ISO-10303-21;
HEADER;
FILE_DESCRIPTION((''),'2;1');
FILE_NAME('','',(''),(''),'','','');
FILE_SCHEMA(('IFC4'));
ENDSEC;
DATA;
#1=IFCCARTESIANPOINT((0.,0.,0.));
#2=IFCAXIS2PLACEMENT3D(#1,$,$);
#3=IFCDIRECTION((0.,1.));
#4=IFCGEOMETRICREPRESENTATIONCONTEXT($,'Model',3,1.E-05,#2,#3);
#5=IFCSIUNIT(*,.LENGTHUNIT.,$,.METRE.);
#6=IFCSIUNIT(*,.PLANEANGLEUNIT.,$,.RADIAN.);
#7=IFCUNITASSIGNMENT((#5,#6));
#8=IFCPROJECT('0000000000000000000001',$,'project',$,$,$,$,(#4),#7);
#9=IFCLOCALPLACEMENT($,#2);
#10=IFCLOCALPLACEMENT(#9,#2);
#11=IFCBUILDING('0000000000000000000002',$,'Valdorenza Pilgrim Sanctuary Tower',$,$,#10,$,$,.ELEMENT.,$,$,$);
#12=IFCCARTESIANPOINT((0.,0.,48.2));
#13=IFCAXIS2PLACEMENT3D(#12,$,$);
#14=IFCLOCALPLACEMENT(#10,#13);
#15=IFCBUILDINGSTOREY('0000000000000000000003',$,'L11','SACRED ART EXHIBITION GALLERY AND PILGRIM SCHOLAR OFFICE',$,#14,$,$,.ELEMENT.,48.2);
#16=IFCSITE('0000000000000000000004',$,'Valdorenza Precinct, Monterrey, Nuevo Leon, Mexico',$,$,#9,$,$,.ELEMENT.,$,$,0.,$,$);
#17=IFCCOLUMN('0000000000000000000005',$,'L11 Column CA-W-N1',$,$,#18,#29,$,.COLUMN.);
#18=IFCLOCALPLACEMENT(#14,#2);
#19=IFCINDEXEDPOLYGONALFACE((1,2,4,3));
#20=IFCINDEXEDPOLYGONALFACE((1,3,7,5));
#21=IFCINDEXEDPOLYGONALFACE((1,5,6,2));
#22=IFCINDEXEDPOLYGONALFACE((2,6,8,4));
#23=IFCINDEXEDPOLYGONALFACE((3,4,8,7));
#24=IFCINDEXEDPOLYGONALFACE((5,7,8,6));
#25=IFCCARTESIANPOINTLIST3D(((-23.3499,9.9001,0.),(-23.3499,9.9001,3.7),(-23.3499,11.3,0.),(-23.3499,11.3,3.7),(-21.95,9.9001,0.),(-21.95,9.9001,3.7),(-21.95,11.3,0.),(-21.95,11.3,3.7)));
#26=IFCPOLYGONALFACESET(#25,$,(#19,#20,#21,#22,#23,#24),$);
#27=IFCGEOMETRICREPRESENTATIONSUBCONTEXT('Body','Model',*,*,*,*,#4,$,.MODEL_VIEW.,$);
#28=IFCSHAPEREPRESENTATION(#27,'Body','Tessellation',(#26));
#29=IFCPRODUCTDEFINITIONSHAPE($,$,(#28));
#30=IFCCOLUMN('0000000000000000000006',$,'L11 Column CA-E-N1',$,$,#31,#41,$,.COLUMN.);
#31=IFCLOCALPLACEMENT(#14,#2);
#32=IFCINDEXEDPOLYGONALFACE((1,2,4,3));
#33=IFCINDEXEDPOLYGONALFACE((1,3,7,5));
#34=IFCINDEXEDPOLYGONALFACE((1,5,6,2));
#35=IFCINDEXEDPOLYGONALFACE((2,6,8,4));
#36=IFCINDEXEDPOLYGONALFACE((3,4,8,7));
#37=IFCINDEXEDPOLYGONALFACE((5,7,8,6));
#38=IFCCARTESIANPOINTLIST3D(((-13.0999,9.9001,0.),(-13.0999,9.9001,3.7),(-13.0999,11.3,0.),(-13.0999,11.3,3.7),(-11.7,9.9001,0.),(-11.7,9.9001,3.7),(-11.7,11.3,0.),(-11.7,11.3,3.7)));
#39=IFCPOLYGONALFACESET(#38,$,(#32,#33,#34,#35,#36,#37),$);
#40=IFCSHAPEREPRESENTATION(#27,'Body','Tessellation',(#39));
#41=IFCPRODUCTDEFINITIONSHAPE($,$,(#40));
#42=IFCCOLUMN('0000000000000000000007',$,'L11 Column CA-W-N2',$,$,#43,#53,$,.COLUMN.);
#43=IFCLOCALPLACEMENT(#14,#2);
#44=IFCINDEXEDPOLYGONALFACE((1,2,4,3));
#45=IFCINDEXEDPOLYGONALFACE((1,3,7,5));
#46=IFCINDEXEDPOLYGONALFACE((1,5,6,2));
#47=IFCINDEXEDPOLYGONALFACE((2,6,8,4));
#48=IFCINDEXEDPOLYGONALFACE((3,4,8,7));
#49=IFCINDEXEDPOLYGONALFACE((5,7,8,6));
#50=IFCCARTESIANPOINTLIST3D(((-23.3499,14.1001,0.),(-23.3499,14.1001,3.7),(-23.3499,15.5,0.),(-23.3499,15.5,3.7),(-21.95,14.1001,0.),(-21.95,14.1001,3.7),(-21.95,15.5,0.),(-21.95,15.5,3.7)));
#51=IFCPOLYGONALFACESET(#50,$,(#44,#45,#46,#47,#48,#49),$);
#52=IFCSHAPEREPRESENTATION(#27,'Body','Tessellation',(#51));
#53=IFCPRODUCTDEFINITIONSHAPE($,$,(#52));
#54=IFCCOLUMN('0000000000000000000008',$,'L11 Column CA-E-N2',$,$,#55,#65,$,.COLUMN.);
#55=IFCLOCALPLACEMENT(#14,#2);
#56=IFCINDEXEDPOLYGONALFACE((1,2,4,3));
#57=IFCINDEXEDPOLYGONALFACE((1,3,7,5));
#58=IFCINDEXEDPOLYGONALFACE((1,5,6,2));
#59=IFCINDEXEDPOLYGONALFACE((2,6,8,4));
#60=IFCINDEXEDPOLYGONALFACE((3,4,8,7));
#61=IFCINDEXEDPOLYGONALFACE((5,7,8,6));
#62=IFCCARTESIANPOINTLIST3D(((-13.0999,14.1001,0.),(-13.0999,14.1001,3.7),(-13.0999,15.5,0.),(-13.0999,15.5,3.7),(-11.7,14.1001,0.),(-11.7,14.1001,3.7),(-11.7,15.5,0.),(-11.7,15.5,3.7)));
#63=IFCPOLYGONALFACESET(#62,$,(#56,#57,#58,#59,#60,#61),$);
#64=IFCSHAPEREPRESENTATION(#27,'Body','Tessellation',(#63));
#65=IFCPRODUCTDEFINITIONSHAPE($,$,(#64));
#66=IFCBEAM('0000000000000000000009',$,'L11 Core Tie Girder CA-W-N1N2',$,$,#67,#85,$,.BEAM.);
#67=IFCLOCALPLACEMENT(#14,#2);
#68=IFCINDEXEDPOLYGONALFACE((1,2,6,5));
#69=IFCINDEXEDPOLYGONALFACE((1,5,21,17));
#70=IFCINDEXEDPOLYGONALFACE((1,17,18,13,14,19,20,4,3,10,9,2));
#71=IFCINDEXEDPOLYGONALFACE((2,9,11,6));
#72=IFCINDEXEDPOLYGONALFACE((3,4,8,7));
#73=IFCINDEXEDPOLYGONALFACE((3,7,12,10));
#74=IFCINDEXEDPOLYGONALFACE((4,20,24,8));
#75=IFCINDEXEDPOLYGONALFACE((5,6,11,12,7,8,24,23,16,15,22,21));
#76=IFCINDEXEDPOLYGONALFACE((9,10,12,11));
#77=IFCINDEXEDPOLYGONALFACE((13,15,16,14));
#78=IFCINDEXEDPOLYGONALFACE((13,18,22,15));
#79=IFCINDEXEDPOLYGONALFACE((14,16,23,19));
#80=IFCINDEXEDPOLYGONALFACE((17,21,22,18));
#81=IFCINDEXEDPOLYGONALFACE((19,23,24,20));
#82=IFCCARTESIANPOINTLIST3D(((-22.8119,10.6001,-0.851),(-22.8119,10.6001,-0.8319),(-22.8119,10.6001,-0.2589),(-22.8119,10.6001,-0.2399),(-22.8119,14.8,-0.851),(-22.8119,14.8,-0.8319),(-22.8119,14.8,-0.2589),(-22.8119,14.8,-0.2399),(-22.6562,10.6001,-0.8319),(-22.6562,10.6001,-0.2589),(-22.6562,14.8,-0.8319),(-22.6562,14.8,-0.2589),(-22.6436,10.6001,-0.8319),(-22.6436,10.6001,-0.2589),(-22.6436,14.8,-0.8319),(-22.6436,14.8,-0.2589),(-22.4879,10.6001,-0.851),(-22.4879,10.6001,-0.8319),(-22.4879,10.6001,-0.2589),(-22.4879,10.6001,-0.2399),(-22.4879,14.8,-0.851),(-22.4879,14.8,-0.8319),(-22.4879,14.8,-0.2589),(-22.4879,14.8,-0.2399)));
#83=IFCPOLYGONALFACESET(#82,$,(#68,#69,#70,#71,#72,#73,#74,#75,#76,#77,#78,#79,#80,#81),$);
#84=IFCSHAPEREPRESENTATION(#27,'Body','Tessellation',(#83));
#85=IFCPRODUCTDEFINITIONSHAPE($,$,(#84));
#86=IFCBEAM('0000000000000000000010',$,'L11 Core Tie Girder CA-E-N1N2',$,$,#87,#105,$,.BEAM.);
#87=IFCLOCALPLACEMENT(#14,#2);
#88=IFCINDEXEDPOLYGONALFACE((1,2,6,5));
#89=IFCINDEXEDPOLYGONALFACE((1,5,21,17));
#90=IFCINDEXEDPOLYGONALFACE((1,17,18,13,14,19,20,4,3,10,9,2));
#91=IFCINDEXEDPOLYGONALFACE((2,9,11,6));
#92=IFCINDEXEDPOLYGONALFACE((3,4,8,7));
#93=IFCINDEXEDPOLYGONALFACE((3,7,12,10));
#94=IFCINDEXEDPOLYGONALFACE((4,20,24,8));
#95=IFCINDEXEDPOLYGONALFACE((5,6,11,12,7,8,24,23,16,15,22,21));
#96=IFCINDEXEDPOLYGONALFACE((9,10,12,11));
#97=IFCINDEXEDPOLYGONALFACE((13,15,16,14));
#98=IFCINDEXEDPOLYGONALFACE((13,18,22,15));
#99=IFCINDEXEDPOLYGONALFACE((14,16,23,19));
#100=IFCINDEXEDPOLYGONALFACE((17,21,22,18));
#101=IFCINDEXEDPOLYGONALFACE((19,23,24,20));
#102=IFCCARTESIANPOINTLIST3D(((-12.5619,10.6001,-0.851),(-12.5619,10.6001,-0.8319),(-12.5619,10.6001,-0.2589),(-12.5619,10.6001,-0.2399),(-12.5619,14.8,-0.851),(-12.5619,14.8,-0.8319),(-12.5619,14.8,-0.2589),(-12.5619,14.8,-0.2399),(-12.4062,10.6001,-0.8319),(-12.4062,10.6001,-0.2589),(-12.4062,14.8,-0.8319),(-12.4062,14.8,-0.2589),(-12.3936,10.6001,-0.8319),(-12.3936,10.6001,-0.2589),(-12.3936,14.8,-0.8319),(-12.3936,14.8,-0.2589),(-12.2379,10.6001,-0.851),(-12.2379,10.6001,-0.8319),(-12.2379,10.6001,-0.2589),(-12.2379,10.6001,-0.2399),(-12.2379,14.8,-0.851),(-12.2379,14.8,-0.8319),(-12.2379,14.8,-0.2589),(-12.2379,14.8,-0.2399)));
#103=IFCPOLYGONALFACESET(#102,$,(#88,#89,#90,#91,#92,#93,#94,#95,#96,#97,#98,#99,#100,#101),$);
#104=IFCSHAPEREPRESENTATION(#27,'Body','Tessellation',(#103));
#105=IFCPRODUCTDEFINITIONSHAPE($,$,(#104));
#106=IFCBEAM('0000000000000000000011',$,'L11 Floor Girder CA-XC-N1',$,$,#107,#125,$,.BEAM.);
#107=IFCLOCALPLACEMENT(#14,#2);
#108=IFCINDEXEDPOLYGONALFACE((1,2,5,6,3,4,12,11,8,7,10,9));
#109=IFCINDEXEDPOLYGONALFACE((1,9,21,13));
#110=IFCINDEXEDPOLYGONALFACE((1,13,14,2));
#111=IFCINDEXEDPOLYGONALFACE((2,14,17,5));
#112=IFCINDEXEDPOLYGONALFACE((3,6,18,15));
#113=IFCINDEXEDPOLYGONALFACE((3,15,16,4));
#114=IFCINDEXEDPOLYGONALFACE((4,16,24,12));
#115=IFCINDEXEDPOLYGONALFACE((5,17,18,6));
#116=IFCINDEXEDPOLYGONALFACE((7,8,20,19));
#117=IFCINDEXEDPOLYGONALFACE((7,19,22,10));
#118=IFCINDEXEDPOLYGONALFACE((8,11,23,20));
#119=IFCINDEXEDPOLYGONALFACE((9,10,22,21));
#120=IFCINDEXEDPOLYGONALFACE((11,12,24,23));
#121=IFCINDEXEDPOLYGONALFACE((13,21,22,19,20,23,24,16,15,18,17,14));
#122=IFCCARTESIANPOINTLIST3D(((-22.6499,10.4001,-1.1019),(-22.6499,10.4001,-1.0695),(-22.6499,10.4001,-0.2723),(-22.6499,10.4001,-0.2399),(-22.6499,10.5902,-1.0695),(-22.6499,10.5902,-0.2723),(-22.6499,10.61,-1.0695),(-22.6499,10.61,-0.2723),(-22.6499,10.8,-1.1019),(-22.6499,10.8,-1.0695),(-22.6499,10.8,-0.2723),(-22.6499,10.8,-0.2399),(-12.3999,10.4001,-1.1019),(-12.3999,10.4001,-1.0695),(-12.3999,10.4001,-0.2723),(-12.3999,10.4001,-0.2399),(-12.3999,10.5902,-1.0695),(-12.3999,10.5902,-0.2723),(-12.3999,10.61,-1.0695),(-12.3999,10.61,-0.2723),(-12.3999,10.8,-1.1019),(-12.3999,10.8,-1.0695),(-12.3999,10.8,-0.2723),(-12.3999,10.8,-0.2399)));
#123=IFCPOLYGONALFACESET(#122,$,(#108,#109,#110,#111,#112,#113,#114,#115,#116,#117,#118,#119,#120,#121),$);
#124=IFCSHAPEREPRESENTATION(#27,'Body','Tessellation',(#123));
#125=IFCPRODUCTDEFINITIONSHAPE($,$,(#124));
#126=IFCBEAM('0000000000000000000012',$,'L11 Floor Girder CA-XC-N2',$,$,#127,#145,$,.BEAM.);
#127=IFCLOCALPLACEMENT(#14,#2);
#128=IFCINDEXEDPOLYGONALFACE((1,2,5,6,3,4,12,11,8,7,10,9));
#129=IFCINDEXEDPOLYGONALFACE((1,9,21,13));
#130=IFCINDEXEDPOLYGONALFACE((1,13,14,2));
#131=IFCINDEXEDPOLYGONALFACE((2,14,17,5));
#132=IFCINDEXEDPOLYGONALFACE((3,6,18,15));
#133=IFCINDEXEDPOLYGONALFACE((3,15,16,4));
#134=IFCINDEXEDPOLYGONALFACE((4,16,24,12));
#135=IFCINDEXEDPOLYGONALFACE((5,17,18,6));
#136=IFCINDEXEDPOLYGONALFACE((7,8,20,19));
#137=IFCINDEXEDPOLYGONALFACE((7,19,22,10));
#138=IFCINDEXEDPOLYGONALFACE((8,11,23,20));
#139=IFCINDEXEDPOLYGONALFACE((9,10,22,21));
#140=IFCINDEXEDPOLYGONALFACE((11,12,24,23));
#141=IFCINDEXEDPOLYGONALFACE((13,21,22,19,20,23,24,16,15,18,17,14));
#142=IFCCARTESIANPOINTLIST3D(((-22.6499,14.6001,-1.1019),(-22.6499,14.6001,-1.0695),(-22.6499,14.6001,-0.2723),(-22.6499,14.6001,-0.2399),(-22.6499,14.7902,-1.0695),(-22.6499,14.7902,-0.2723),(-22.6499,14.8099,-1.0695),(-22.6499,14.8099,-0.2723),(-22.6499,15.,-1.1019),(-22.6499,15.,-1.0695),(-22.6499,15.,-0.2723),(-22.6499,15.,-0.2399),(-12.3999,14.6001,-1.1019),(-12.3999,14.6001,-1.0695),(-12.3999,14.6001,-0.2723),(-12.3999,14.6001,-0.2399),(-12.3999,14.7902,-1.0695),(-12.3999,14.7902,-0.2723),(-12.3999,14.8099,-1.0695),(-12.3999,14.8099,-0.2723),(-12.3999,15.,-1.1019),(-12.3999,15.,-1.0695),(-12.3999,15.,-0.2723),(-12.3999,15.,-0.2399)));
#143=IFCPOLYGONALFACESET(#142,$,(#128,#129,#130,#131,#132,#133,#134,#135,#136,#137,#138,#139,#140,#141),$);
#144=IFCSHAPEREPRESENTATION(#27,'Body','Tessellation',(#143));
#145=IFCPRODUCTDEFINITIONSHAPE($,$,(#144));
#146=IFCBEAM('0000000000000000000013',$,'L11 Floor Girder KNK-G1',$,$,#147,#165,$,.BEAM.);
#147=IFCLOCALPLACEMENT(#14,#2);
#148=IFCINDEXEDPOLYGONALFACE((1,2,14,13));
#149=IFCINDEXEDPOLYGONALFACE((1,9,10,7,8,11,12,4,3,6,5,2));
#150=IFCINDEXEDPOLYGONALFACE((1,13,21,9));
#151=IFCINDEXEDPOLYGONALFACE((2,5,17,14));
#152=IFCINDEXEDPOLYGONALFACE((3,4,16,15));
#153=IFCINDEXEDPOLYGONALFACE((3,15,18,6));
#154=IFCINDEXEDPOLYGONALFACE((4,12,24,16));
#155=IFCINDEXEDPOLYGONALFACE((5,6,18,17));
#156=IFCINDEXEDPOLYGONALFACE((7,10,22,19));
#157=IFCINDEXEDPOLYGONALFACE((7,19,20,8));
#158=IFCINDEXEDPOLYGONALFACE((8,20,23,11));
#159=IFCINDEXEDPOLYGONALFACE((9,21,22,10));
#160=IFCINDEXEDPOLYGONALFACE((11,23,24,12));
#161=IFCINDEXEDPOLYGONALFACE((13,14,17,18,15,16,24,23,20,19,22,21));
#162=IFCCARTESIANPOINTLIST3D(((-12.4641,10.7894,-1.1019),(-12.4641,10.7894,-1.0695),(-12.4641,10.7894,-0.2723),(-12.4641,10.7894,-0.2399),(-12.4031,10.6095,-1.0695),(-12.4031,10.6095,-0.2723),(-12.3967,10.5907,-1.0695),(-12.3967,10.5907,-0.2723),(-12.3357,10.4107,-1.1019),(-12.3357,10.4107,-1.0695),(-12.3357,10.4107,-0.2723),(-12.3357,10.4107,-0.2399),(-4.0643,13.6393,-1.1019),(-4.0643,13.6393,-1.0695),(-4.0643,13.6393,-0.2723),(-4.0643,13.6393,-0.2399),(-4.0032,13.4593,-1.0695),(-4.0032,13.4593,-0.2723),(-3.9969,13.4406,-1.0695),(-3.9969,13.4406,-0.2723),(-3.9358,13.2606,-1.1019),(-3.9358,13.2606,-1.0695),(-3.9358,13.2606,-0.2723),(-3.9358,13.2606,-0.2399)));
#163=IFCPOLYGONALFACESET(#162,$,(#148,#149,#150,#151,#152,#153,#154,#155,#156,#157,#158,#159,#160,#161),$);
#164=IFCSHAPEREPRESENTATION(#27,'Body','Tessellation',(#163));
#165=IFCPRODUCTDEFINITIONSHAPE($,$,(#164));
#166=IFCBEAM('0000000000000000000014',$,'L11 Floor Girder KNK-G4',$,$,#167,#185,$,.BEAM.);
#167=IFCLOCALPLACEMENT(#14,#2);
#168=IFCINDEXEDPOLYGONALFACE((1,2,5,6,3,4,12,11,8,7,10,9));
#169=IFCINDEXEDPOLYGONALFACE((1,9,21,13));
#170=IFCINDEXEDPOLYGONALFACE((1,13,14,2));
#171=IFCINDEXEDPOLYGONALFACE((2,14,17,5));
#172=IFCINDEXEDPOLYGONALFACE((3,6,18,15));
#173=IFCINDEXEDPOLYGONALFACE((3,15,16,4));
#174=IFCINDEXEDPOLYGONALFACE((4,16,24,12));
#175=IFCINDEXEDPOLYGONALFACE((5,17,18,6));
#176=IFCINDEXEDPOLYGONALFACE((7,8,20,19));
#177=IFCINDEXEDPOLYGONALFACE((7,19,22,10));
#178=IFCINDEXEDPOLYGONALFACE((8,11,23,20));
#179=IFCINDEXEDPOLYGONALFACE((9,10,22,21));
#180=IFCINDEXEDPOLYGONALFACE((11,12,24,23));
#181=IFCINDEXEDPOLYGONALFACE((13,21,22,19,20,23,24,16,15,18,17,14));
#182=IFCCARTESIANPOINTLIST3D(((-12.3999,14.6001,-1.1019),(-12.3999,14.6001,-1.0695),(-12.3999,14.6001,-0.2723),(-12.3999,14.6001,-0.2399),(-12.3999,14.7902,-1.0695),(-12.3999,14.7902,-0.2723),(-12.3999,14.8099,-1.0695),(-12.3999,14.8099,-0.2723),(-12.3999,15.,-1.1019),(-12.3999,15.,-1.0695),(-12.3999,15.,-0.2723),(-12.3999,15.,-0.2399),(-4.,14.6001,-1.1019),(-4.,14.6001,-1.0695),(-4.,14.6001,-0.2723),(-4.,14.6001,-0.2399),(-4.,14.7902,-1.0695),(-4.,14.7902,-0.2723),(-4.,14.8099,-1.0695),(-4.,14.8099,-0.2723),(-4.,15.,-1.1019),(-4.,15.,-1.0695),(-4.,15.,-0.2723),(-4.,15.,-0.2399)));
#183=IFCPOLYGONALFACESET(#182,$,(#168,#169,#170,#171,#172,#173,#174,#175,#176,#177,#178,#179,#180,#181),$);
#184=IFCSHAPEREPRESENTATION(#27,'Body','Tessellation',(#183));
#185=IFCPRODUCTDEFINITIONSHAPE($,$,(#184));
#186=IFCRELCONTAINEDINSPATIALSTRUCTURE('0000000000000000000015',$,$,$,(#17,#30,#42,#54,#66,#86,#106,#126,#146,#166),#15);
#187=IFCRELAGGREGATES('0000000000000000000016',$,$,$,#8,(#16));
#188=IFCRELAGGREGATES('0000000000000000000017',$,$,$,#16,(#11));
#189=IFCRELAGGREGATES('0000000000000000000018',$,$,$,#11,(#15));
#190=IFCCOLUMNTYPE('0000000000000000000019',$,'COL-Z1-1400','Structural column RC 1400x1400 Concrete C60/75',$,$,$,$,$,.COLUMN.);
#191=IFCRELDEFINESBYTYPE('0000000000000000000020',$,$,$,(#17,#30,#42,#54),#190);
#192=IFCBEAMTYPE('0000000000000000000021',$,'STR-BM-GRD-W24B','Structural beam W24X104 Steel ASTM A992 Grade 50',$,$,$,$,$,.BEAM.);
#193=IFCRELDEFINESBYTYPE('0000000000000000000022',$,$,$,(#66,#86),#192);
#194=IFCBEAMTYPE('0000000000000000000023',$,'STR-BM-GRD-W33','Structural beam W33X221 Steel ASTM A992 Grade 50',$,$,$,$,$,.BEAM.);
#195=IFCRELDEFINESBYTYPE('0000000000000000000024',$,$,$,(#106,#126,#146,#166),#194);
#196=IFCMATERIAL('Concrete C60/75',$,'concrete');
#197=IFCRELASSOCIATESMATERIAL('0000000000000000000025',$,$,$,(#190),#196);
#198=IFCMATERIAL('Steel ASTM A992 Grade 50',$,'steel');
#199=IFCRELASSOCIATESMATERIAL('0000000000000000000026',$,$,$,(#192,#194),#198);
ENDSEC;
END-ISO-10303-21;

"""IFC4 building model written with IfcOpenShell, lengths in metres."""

from ifc_helpers import new_model, si_unit, direction, frame, origin, origin_2d, place, context, subcontext, project, spatial, rectangle, i_section, extrude, source, transform, mapped, material, material_profile, profile_set, type_object, element, save


model = new_model("IFC4")

# Units and contexts
model_context = context("Model", 3, precision=1e-05, world=origin(), true_north=direction((0.0, 1.0)))
body_context = subcontext(model_context, "Body", "Model", "MODEL_VIEW")
ifc_project = project(units=[si_unit("LENGTHUNIT", "METRE"), si_unit("PLANEANGLEUNIT", "RADIAN")], contexts=[model_context])

# Site, building, storey
site_placement = place(None, origin())
site = spatial("IfcSite", under=ifc_project, at=site_placement, Name="Valdorenza Precinct, Monterrey, Nuevo Leon, Mexico", CompositionType="ELEMENT", RefElevation=0.0)
building_placement = place(site_placement, origin())
building = spatial("IfcBuilding", under=site, at=building_placement, Name="Valdorenza Pilgrim Sanctuary Tower", CompositionType="ELEMENT")
storey_placement = place(building_placement, frame((0.0, 0.0, 48.2)))
storey = spatial("IfcBuildingStorey", under=building, at=storey_placement, Name="L11", Description="SACRED ART EXHIBITION GALLERY AND PILGRIM SCHOLAR OFFICE", CompositionType="ELEMENT", Elevation=48.2)

# Columns
ifc_material_1 = material(Name="Concrete C60/75", Category="concrete")
ifc_material_profile_1 = material_profile(ifc_material_1, rectangle(XDim=1.3999, YDim=1.3999, at=origin_2d()), Name="RC 1400x1400")
ifc_profile_set_1 = profile_set([ifc_material_profile_1], Name="Concrete C60/75")
column_type = type_object("IfcColumnType", Name="COL-Z1-1400", Description="Structural column RC 1400x1400 Concrete C60/75", PredefinedType="COLUMN", material=ifc_profile_set_1)
shared_shape_1 = source(origin(), body_context, "Body", "SweptSolid", [
    extrude(rectangle(XDim=1.3999, YDim=1.3999, at=origin_2d()), origin(), (0.0, 0.0, 1.0), 3.7),
])
for number, where, z_axis, x_axis, name in (
    (1, (-22.6499, 10.6001, 0.0), (0.0, 0.0, 1.0), (1.0, 0.0, 0.0), "L11 Column CA-W-N1"),
    (2, (-12.3999, 10.6001, 0.0), (0.0, 0.0, 1.0), (1.0, 0.0, 0.0), "L11 Column CA-E-N1"),
    (3, (-22.6499, 14.8, 0.0), (0.0, 0.0, 1.0), (1.0, 0.0, 0.0), "L11 Column CA-W-N2"),
    (4, (-12.3999, 14.8, 0.0), (0.0, 0.0, 1.0), (1.0, 0.0, 0.0), "L11 Column CA-E-N2"),
):
    element("IfcColumn", number, at=place(storey_placement, frame(where, z_axis=z_axis, x_axis=x_axis)), inside=storey, type_object=column_type, Name=name, PredefinedType="COLUMN", context=body_context, shape_type="MappedRepresentation", body=[
        mapped(shared_shape_1, transform((0.0, 0.0, 0.0), x_axis=(1.0, 0.0, 0.0), y_axis=(0.0, 1.0, 0.0), z_axis=(0.0, 0.0, 1.0), scale=1.0)),
    ])

# Beams
ifc_material_2 = material(Name="Steel ASTM A992 Grade 50", Category="steel")
ifc_material_profile_2 = material_profile(ifc_material_2, i_section(OverallWidth=0.324, OverallDepth=0.6111, WebThickness=0.0127, FlangeThickness=0.019, at=origin_2d()), Name="W24X104")
ifc_profile_set_2 = profile_set([ifc_material_profile_2], Name="Steel ASTM A992 Grade 50")
beam_type_1 = type_object("IfcBeamType", Name="STR-BM-GRD-W24B", Description="Structural beam W24X104 Steel ASTM A992 Grade 50", PredefinedType="BEAM", material=ifc_profile_set_2)
shared_shape_2 = source(origin(), body_context, "Body", "SweptSolid", [
    extrude(i_section(OverallWidth=0.324, OverallDepth=0.6111, WebThickness=0.0127, FlangeThickness=0.019, at=origin_2d()), origin(), (0.0, 0.0, 1.0), 4.2),
])
for number, where, z_axis, x_axis, name in (
    (5, (-22.6499, 10.6001, -0.5454), (0.0, 1.0, 0.0), (-1.0, 0.0, 0.0), "L11 Core Tie Girder CA-W-N1N2"),
    (6, (-12.3999, 10.6001, -0.5454), (0.0, 1.0, 0.0), (-1.0, 0.0, 0.0), "L11 Core Tie Girder CA-E-N1N2"),
):
    element("IfcBeam", number, at=place(storey_placement, frame(where, z_axis=z_axis, x_axis=x_axis)), inside=storey, type_object=beam_type_1, Name=name, PredefinedType="BEAM", context=body_context, shape_type="MappedRepresentation", body=[
        mapped(shared_shape_2, transform((0.0, 0.0, 0.0), x_axis=(1.0, 0.0, 0.0), y_axis=(0.0, 1.0, 0.0), z_axis=(0.0, 0.0, 1.0), scale=1.0)),
    ])
ifc_material_profile_3 = material_profile(ifc_material_2, i_section(OverallWidth=0.3999, OverallDepth=0.8621, WebThickness=0.0198, FlangeThickness=0.0325, at=origin_2d()), Name="W33X221")
ifc_profile_set_3 = profile_set([ifc_material_profile_3], Name="Steel ASTM A992 Grade 50")
beam_type_2 = type_object("IfcBeamType", Name="STR-BM-GRD-W33", Description="Structural beam W33X221 Steel ASTM A992 Grade 50", PredefinedType="BEAM", material=ifc_profile_set_3)
shared_shape_3 = source(origin(), body_context, "Body", "SweptSolid", [
    extrude(i_section(OverallWidth=0.3999, OverallDepth=0.8621, WebThickness=0.0198, FlangeThickness=0.0325, at=origin_2d()), origin(), (0.0, 0.0, 1.0), 10.25),
])
for number, where, z_axis, x_axis, name in (
    (7, (-22.6499, 10.6001, -0.6709), (1.0, 0.0, 0.0), (0.0, 1.0, 0.0), "L11 Floor Girder CA-XC-N1"),
    (8, (-22.6499, 14.8, -0.6709), (1.0, 0.0, 0.0), (0.0, 1.0, 0.0), "L11 Floor Girder CA-XC-N2"),
):
    element("IfcBeam", number, at=place(storey_placement, frame(where, z_axis=z_axis, x_axis=x_axis)), inside=storey, type_object=beam_type_2, Name=name, PredefinedType="BEAM", context=body_context, shape_type="MappedRepresentation", body=[
        mapped(shared_shape_3, transform((0.0, 0.0, 0.0), x_axis=(1.0, 0.0, 0.0), y_axis=(0.0, 1.0, 0.0), z_axis=(0.0, 0.0, 1.0), scale=1.0)),
    ])
shared_shape_4 = source(origin(), body_context, "Body", "SweptSolid", [
    extrude(i_section(OverallWidth=0.3999, OverallDepth=0.8621, WebThickness=0.0198, FlangeThickness=0.0325, at=origin_2d()), origin(), (0.0, 0.0, 1.0), 8.8701),
])
beam_1_placement = place(storey_placement, frame((-12.3999, 10.6001, -0.6709), z_axis=(0.946983, 0.321285, 0.0), x_axis=(-0.321285, 0.946983, 0.0)))
element("IfcBeam", 9, at=beam_1_placement, inside=storey, type_object=beam_type_2, Name="L11 Floor Girder KNK-G1", PredefinedType="BEAM", context=body_context, shape_type="MappedRepresentation", body=[
    mapped(shared_shape_4, transform((0.0, 0.0, 0.0), x_axis=(1.0, 0.0, 0.0), y_axis=(0.0, 1.0, 0.0), z_axis=(0.0, 0.0, 1.0), scale=1.0)),
])
shared_shape_5 = source(origin(), body_context, "Body", "SweptSolid", [
    extrude(i_section(OverallWidth=0.3999, OverallDepth=0.8621, WebThickness=0.0198, FlangeThickness=0.0325, at=origin_2d()), origin(), (0.0, 0.0, 1.0), 8.3999),
])
beam_2_placement = place(storey_placement, frame((-12.3999, 14.8, -0.6709), z_axis=(1.0, 0.0, 0.0), x_axis=(0.0, 1.0, 0.0)))
element("IfcBeam", 10, at=beam_2_placement, inside=storey, type_object=beam_type_2, Name="L11 Floor Girder KNK-G4", PredefinedType="BEAM", context=body_context, shape_type="MappedRepresentation", body=[
    mapped(shared_shape_5, transform((0.0, 0.0, 0.0), x_axis=(1.0, 0.0, 0.0), y_axis=(0.0, 1.0, 0.0), z_axis=(0.0, 0.0, 1.0), scale=1.0)),
])

save(model, "model.ifc")
